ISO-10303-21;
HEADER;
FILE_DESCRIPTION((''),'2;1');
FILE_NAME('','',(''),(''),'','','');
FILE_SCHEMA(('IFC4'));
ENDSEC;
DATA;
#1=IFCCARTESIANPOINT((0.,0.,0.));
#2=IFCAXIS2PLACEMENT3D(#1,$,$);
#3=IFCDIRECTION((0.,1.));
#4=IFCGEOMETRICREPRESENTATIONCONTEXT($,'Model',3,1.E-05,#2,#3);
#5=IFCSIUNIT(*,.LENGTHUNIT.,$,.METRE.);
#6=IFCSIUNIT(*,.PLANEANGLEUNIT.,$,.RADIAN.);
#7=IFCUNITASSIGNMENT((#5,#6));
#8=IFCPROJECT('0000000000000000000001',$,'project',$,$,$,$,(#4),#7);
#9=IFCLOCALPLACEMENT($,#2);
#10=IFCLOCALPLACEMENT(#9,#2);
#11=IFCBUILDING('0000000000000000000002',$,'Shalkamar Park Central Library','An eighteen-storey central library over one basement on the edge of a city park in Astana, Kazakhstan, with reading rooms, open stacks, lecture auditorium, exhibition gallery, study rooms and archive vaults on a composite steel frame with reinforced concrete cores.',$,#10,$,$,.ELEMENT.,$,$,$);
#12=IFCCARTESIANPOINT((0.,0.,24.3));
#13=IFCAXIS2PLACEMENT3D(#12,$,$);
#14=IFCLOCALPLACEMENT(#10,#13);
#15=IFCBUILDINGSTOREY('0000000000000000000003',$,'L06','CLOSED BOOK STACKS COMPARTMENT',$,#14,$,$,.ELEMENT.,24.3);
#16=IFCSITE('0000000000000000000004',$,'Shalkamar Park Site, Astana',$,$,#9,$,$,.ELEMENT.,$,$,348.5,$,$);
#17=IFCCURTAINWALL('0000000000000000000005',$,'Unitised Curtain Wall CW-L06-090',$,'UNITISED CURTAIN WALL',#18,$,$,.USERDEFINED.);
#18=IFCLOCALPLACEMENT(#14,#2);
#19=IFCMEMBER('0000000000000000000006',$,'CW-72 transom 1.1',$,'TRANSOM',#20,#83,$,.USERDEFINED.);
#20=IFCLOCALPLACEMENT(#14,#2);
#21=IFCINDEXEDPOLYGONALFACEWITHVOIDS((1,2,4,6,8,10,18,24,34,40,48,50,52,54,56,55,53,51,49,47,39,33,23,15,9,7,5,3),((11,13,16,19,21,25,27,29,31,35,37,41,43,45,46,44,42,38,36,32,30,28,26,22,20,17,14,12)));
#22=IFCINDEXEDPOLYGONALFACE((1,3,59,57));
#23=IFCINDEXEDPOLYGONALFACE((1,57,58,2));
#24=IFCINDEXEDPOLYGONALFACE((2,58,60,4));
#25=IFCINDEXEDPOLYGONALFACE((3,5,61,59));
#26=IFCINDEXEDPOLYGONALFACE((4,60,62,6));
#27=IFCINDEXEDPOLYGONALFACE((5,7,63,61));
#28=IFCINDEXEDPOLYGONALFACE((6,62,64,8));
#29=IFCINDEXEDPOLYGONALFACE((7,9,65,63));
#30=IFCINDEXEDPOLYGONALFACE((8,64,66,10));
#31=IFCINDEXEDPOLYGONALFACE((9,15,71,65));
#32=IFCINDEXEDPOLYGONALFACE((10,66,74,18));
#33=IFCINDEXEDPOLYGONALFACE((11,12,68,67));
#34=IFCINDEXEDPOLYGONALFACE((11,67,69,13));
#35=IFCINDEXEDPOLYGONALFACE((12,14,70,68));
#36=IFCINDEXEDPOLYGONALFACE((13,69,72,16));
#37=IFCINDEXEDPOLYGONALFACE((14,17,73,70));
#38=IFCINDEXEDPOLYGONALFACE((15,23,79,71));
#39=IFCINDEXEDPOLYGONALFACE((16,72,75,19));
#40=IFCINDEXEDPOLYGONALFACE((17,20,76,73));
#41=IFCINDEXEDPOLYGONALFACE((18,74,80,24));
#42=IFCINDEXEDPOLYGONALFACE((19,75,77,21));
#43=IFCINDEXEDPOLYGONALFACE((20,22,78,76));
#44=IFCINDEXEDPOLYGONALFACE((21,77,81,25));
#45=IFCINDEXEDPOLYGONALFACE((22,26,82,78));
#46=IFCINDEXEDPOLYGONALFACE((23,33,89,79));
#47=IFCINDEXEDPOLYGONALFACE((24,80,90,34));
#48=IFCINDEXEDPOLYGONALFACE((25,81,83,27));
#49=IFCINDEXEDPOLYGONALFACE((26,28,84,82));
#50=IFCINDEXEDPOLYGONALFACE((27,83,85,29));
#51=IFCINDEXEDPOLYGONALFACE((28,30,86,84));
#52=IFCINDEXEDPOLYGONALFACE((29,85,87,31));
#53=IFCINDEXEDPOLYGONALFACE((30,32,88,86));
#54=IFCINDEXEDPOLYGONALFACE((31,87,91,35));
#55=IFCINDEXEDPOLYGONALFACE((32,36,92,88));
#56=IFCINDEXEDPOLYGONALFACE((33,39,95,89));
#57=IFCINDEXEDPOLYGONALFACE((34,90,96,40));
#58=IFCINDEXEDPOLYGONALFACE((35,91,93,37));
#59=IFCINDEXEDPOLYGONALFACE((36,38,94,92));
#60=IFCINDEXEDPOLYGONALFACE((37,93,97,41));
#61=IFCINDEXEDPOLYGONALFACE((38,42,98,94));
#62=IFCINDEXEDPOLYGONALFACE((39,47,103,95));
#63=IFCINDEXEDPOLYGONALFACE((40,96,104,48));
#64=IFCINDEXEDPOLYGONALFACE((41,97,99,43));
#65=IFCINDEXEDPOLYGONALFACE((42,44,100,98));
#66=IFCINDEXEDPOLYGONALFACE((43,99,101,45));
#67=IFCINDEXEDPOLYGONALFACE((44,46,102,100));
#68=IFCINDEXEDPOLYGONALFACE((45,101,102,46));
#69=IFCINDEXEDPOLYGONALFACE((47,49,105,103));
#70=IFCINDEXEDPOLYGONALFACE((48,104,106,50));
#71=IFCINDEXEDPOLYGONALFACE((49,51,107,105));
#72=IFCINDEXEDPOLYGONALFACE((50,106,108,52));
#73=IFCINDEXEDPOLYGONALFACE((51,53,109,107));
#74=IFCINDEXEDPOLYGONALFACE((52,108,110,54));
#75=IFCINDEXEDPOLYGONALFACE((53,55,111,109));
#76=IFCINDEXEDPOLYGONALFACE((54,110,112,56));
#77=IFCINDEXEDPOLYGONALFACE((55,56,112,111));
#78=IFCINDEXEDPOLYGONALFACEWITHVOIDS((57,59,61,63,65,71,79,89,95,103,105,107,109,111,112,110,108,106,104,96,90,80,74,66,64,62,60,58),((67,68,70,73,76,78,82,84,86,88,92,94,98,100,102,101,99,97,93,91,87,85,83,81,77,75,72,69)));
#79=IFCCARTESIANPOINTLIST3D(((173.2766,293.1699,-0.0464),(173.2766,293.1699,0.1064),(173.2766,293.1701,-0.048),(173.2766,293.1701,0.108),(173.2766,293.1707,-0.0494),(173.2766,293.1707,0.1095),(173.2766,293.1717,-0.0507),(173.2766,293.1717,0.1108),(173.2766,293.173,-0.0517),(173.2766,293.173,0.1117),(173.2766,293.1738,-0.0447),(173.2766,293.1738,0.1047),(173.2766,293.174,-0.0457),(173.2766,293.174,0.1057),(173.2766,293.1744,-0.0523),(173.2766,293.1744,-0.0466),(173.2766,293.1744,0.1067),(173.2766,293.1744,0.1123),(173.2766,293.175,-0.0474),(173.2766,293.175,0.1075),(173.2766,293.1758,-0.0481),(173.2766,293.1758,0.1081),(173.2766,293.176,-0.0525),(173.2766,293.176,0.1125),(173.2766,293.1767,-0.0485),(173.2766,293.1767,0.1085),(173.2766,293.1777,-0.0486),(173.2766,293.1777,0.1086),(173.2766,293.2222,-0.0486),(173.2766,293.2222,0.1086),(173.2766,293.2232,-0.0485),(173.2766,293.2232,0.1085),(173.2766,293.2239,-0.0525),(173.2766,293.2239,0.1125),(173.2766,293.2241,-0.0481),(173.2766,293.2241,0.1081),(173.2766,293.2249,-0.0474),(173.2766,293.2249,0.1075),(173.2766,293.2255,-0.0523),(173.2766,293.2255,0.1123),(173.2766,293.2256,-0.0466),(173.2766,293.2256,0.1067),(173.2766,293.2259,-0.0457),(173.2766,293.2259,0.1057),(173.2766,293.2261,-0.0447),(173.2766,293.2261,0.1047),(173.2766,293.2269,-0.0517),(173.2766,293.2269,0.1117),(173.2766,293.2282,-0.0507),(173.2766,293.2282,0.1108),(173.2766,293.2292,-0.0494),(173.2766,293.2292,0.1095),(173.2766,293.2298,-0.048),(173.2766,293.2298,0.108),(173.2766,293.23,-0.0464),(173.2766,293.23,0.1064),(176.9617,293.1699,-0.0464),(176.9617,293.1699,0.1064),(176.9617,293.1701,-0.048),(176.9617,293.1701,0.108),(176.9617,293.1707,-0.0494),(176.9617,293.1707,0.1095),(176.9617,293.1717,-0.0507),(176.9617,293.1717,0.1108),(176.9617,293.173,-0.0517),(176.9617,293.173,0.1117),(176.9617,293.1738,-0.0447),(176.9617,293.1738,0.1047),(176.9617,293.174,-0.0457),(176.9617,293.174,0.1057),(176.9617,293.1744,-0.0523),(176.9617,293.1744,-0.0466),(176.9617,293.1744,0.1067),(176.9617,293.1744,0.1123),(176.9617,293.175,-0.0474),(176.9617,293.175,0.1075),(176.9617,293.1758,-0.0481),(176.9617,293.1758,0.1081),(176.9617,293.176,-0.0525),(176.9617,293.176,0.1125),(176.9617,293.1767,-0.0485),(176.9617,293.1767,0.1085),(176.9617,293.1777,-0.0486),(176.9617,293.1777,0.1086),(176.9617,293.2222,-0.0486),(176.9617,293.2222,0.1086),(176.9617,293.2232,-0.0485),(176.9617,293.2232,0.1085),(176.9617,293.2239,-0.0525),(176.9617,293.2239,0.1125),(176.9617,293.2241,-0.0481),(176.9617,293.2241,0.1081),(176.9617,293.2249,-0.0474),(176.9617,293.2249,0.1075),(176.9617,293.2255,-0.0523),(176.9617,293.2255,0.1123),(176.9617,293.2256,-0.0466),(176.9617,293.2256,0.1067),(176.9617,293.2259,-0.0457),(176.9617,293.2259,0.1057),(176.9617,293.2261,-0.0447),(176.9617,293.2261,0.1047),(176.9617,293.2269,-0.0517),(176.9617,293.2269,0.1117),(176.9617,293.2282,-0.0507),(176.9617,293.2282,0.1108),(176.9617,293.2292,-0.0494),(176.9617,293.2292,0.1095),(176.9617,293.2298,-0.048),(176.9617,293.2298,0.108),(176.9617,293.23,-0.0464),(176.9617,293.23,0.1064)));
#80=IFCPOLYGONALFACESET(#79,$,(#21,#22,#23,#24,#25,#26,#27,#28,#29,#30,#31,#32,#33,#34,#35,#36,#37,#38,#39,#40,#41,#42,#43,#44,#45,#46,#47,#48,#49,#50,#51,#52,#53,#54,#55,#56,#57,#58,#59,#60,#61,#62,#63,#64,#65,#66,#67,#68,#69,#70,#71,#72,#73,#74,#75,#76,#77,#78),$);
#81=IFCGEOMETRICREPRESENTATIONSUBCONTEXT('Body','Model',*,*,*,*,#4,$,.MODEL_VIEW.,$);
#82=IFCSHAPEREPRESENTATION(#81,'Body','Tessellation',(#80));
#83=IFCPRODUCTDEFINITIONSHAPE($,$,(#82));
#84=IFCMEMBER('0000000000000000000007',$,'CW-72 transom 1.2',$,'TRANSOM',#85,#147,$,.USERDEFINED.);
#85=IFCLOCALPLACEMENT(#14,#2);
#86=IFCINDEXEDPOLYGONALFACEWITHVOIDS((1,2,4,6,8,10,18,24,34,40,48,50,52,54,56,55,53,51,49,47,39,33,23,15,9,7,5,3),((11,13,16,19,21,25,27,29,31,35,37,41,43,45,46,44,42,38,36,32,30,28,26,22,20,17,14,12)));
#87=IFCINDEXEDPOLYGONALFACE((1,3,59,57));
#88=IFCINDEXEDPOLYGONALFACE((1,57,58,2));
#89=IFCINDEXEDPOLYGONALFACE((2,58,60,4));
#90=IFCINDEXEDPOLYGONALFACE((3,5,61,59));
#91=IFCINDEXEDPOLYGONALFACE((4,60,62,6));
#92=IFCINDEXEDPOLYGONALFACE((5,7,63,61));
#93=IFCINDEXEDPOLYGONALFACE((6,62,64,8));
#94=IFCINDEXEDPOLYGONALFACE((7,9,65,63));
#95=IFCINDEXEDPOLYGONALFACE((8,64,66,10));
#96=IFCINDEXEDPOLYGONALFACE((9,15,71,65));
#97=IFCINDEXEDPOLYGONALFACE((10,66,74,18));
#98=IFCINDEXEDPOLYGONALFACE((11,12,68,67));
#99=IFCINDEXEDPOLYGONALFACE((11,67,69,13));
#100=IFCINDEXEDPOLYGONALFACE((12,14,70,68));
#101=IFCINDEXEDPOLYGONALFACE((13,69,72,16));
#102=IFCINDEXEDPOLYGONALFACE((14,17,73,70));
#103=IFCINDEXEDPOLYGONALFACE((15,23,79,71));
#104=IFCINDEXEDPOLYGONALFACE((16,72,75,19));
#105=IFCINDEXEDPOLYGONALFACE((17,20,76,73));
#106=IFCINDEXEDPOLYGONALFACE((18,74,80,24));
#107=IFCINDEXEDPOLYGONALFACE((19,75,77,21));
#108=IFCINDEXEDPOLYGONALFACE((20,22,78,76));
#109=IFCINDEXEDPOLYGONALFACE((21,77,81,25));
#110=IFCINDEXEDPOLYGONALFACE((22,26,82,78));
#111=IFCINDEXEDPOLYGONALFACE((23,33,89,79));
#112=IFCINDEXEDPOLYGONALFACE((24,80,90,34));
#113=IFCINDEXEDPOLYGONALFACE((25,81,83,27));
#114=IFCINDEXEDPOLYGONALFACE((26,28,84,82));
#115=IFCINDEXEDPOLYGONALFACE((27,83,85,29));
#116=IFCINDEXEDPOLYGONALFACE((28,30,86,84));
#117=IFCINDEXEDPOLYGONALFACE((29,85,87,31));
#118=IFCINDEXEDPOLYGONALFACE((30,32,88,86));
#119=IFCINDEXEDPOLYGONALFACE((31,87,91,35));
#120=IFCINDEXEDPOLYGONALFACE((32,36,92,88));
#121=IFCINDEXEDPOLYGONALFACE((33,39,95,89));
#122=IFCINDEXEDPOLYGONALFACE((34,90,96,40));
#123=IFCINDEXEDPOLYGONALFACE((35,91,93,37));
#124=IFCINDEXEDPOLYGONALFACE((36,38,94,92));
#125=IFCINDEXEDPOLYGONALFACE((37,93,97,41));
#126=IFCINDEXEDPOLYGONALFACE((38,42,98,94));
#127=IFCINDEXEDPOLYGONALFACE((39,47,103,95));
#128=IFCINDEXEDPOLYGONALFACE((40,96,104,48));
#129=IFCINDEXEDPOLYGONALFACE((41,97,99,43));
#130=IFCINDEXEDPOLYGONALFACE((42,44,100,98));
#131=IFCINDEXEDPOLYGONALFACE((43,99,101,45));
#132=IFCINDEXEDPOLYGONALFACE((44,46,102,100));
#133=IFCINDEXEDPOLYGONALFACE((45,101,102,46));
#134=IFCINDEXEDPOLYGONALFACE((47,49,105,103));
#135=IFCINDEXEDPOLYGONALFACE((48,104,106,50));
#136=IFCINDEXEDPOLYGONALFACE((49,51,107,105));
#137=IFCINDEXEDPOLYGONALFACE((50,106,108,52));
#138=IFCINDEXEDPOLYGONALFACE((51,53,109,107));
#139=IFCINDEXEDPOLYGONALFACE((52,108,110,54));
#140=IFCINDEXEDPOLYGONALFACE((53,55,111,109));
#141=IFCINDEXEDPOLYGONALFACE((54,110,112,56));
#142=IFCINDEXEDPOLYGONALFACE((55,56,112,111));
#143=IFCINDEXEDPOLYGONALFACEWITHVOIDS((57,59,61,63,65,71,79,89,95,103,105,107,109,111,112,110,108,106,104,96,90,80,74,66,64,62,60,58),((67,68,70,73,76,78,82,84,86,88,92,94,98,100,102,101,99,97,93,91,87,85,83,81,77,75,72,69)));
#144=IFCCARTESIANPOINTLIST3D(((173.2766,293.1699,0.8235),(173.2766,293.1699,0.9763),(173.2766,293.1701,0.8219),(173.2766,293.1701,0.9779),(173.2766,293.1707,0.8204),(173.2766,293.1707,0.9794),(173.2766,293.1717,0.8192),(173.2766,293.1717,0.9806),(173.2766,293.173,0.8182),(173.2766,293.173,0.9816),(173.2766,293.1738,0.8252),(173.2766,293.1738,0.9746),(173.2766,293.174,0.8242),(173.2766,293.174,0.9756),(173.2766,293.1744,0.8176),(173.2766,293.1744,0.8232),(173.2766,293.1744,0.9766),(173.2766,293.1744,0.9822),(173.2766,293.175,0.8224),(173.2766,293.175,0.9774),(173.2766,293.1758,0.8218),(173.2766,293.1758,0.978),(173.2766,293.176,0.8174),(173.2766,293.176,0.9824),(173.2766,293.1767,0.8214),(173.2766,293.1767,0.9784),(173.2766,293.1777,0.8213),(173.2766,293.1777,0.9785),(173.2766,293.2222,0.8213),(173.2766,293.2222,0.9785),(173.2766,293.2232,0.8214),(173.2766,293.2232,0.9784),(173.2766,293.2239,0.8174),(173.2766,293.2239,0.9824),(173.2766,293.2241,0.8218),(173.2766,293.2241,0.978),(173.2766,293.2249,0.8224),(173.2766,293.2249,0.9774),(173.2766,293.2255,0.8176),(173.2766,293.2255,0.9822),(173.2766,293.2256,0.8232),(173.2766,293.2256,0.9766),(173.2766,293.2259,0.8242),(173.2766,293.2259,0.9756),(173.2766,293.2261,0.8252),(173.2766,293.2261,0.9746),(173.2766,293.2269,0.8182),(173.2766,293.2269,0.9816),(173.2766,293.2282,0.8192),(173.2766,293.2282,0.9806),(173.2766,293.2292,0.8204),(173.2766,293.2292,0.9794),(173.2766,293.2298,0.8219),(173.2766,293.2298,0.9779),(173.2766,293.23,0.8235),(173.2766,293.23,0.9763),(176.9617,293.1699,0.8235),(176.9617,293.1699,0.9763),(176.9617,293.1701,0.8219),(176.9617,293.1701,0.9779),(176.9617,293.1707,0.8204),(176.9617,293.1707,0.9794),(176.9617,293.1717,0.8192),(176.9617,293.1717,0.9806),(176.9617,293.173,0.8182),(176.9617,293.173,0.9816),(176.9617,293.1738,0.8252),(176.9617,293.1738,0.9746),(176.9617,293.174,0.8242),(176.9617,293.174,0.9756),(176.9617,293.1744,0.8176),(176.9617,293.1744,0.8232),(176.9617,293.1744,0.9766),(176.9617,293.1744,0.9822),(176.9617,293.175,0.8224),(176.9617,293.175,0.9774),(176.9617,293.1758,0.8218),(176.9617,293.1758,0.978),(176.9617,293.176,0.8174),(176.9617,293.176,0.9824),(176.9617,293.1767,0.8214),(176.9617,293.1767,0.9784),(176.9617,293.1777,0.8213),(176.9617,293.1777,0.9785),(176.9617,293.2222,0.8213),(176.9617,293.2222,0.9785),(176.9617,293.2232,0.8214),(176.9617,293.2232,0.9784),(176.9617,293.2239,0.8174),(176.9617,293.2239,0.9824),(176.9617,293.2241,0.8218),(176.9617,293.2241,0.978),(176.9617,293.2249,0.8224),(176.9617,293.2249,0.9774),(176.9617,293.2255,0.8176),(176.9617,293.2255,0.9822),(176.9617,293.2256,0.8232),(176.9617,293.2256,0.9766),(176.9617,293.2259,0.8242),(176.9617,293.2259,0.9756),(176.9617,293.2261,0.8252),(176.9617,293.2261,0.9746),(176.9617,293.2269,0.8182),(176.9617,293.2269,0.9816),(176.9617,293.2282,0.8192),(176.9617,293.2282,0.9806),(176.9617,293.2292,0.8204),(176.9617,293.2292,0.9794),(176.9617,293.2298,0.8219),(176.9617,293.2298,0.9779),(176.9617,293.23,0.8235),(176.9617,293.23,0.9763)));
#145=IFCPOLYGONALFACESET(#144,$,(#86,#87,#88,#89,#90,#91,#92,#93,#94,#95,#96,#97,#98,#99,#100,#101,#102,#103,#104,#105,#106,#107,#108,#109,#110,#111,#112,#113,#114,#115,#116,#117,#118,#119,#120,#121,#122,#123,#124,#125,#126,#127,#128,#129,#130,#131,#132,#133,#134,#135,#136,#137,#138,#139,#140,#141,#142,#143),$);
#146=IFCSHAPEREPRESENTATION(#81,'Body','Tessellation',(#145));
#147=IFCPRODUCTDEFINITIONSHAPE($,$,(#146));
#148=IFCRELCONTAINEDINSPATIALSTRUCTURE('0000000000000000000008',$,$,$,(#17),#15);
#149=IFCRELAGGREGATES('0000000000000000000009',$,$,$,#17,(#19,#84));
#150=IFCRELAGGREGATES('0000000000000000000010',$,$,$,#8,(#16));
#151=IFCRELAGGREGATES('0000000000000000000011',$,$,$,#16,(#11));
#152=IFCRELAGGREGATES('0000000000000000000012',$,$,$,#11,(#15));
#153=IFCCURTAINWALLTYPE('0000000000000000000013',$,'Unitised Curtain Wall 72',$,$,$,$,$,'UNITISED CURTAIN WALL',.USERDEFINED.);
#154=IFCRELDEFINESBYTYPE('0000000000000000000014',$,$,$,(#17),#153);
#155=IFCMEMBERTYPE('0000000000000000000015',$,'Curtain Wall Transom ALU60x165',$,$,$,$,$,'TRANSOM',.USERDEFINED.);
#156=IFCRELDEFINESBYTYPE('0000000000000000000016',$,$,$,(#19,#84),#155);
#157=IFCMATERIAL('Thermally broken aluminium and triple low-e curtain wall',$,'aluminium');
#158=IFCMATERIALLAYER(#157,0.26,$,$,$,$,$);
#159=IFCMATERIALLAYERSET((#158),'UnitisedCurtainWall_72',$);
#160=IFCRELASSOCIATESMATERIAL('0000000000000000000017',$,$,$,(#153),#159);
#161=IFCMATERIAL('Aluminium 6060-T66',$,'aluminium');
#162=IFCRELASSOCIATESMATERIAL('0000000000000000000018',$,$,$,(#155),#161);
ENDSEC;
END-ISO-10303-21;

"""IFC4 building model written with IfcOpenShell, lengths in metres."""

from ifc_helpers import new_model, si_unit, direction, frame, origin, origin_2d, place, context, subcontext, project, spatial, hollow_rectangle, extrude, material, layer, layer_set, material_profile, profile_set, type_object, element, aggregate, save


model = new_model("IFC4")

# Units and contexts
model_context = context("Model", 3, precision=1e-05, world=origin(), true_north=direction((0.0, 1.0)))
body_context = subcontext(model_context, "Body", "Model", "MODEL_VIEW")
ifc_project = project(units=[si_unit("LENGTHUNIT", "METRE"), si_unit("PLANEANGLEUNIT", "RADIAN")], contexts=[model_context])

# Site, building, storey
site_placement = place(None, origin())
site = spatial("IfcSite", under=ifc_project, at=site_placement, Name="Shalkamar Park Site, Astana", CompositionType="ELEMENT", RefElevation=348.5)
building_placement = place(site_placement, origin())
building = spatial("IfcBuilding", under=site, at=building_placement, Name="Shalkamar Park Central Library", Description="An eighteen-storey central library over one basement on the edge of a city park in Astana, Kazakhstan, with reading rooms, open stacks, lecture auditorium, exhibition gallery, study rooms and archive vaults on a composite steel frame with reinforced concrete cores.", CompositionType="ELEMENT")
storey_placement = place(building_placement, frame((0.0, 0.0, 24.3)))
storey = spatial("IfcBuildingStorey", under=building, at=storey_placement, Name="L06", Description="CLOSED BOOK STACKS COMPARTMENT", CompositionType="ELEMENT", Elevation=24.3)

# Curtain wall
ifc_material_1 = material(Name="Thermally broken aluminium and triple low-e curtain wall", Category="aluminium")
ifc_material_2 = material(Name="Aluminium 6060-T66", Category="aluminium")
ifc_layer_1 = layer(ifc_material_1, 0.26)
ifc_layer_set_1 = layer_set([ifc_layer_1], Name="UnitisedCurtainWall_72")
curtain_wall_type_1 = type_object("IfcCurtainWallType", Name="Unitised Curtain Wall 72", ElementType="UNITISED CURTAIN WALL", PredefinedType="USERDEFINED", material=ifc_layer_set_1)
curtain_wall_1_placement = place(storey_placement, origin())
curtain_wall_1 = element("IfcCurtainWall", 1, at=curtain_wall_1_placement, inside=storey, type_object=curtain_wall_type_1, Name="Unitised Curtain Wall CW-L06-090", ObjectType="UNITISED CURTAIN WALL", PredefinedType="USERDEFINED")

# Members
ifc_material_profile_1 = material_profile(ifc_material_2, hollow_rectangle(XDim=0.0601, YDim=0.165, WallThickness=0.0039, InnerFilletRadius=0.0039, OuterFilletRadius=0.0061, at=origin_2d()), Name="ALU 60x165x4")
ifc_profile_set_1 = profile_set([ifc_material_profile_1], Name="Aluminium 6060-T66")
member_type_1 = type_object("IfcMemberType", Name="Curtain Wall Transom ALU60x165", ElementType="TRANSOM", PredefinedType="USERDEFINED", material=ifc_profile_set_1)
member_1_placement = place(storey_placement, frame((173.2766, 293.2, 0.03), z_axis=(1.0, 0.0, 0.0), x_axis=(0.0, 1.0, 0.0)))
member_1 = element("IfcMember", 2, at=member_1_placement, type_object=member_type_1, Name="CW-72 transom 1.1", ObjectType="TRANSOM", PredefinedType="USERDEFINED", context=body_context, shape_type="SweptSolid", body=[
    extrude(hollow_rectangle(XDim=0.0601, YDim=0.165, WallThickness=0.0039, InnerFilletRadius=0.0039, OuterFilletRadius=0.0061, at=origin_2d()), origin(), (0.0, 0.0, 1.0), 3.6851),
])
member_2_placement = place(storey_placement, frame((173.2766, 293.2, 0.8999), z_axis=(1.0, 0.0, 0.0), x_axis=(0.0, 1.0, 0.0)))
member_2 = element("IfcMember", 3, at=member_2_placement, type_object=member_type_1, Name="CW-72 transom 1.2", ObjectType="TRANSOM", PredefinedType="USERDEFINED", context=body_context, shape_type="SweptSolid", body=[
    extrude(hollow_rectangle(XDim=0.0601, YDim=0.165, WallThickness=0.0039, InnerFilletRadius=0.0039, OuterFilletRadius=0.0061, at=origin_2d()), origin(), (0.0, 0.0, 1.0), 3.6851),
])

aggregate(curtain_wall_1, [member_1, member_2])

save(model, "model.ifc")
